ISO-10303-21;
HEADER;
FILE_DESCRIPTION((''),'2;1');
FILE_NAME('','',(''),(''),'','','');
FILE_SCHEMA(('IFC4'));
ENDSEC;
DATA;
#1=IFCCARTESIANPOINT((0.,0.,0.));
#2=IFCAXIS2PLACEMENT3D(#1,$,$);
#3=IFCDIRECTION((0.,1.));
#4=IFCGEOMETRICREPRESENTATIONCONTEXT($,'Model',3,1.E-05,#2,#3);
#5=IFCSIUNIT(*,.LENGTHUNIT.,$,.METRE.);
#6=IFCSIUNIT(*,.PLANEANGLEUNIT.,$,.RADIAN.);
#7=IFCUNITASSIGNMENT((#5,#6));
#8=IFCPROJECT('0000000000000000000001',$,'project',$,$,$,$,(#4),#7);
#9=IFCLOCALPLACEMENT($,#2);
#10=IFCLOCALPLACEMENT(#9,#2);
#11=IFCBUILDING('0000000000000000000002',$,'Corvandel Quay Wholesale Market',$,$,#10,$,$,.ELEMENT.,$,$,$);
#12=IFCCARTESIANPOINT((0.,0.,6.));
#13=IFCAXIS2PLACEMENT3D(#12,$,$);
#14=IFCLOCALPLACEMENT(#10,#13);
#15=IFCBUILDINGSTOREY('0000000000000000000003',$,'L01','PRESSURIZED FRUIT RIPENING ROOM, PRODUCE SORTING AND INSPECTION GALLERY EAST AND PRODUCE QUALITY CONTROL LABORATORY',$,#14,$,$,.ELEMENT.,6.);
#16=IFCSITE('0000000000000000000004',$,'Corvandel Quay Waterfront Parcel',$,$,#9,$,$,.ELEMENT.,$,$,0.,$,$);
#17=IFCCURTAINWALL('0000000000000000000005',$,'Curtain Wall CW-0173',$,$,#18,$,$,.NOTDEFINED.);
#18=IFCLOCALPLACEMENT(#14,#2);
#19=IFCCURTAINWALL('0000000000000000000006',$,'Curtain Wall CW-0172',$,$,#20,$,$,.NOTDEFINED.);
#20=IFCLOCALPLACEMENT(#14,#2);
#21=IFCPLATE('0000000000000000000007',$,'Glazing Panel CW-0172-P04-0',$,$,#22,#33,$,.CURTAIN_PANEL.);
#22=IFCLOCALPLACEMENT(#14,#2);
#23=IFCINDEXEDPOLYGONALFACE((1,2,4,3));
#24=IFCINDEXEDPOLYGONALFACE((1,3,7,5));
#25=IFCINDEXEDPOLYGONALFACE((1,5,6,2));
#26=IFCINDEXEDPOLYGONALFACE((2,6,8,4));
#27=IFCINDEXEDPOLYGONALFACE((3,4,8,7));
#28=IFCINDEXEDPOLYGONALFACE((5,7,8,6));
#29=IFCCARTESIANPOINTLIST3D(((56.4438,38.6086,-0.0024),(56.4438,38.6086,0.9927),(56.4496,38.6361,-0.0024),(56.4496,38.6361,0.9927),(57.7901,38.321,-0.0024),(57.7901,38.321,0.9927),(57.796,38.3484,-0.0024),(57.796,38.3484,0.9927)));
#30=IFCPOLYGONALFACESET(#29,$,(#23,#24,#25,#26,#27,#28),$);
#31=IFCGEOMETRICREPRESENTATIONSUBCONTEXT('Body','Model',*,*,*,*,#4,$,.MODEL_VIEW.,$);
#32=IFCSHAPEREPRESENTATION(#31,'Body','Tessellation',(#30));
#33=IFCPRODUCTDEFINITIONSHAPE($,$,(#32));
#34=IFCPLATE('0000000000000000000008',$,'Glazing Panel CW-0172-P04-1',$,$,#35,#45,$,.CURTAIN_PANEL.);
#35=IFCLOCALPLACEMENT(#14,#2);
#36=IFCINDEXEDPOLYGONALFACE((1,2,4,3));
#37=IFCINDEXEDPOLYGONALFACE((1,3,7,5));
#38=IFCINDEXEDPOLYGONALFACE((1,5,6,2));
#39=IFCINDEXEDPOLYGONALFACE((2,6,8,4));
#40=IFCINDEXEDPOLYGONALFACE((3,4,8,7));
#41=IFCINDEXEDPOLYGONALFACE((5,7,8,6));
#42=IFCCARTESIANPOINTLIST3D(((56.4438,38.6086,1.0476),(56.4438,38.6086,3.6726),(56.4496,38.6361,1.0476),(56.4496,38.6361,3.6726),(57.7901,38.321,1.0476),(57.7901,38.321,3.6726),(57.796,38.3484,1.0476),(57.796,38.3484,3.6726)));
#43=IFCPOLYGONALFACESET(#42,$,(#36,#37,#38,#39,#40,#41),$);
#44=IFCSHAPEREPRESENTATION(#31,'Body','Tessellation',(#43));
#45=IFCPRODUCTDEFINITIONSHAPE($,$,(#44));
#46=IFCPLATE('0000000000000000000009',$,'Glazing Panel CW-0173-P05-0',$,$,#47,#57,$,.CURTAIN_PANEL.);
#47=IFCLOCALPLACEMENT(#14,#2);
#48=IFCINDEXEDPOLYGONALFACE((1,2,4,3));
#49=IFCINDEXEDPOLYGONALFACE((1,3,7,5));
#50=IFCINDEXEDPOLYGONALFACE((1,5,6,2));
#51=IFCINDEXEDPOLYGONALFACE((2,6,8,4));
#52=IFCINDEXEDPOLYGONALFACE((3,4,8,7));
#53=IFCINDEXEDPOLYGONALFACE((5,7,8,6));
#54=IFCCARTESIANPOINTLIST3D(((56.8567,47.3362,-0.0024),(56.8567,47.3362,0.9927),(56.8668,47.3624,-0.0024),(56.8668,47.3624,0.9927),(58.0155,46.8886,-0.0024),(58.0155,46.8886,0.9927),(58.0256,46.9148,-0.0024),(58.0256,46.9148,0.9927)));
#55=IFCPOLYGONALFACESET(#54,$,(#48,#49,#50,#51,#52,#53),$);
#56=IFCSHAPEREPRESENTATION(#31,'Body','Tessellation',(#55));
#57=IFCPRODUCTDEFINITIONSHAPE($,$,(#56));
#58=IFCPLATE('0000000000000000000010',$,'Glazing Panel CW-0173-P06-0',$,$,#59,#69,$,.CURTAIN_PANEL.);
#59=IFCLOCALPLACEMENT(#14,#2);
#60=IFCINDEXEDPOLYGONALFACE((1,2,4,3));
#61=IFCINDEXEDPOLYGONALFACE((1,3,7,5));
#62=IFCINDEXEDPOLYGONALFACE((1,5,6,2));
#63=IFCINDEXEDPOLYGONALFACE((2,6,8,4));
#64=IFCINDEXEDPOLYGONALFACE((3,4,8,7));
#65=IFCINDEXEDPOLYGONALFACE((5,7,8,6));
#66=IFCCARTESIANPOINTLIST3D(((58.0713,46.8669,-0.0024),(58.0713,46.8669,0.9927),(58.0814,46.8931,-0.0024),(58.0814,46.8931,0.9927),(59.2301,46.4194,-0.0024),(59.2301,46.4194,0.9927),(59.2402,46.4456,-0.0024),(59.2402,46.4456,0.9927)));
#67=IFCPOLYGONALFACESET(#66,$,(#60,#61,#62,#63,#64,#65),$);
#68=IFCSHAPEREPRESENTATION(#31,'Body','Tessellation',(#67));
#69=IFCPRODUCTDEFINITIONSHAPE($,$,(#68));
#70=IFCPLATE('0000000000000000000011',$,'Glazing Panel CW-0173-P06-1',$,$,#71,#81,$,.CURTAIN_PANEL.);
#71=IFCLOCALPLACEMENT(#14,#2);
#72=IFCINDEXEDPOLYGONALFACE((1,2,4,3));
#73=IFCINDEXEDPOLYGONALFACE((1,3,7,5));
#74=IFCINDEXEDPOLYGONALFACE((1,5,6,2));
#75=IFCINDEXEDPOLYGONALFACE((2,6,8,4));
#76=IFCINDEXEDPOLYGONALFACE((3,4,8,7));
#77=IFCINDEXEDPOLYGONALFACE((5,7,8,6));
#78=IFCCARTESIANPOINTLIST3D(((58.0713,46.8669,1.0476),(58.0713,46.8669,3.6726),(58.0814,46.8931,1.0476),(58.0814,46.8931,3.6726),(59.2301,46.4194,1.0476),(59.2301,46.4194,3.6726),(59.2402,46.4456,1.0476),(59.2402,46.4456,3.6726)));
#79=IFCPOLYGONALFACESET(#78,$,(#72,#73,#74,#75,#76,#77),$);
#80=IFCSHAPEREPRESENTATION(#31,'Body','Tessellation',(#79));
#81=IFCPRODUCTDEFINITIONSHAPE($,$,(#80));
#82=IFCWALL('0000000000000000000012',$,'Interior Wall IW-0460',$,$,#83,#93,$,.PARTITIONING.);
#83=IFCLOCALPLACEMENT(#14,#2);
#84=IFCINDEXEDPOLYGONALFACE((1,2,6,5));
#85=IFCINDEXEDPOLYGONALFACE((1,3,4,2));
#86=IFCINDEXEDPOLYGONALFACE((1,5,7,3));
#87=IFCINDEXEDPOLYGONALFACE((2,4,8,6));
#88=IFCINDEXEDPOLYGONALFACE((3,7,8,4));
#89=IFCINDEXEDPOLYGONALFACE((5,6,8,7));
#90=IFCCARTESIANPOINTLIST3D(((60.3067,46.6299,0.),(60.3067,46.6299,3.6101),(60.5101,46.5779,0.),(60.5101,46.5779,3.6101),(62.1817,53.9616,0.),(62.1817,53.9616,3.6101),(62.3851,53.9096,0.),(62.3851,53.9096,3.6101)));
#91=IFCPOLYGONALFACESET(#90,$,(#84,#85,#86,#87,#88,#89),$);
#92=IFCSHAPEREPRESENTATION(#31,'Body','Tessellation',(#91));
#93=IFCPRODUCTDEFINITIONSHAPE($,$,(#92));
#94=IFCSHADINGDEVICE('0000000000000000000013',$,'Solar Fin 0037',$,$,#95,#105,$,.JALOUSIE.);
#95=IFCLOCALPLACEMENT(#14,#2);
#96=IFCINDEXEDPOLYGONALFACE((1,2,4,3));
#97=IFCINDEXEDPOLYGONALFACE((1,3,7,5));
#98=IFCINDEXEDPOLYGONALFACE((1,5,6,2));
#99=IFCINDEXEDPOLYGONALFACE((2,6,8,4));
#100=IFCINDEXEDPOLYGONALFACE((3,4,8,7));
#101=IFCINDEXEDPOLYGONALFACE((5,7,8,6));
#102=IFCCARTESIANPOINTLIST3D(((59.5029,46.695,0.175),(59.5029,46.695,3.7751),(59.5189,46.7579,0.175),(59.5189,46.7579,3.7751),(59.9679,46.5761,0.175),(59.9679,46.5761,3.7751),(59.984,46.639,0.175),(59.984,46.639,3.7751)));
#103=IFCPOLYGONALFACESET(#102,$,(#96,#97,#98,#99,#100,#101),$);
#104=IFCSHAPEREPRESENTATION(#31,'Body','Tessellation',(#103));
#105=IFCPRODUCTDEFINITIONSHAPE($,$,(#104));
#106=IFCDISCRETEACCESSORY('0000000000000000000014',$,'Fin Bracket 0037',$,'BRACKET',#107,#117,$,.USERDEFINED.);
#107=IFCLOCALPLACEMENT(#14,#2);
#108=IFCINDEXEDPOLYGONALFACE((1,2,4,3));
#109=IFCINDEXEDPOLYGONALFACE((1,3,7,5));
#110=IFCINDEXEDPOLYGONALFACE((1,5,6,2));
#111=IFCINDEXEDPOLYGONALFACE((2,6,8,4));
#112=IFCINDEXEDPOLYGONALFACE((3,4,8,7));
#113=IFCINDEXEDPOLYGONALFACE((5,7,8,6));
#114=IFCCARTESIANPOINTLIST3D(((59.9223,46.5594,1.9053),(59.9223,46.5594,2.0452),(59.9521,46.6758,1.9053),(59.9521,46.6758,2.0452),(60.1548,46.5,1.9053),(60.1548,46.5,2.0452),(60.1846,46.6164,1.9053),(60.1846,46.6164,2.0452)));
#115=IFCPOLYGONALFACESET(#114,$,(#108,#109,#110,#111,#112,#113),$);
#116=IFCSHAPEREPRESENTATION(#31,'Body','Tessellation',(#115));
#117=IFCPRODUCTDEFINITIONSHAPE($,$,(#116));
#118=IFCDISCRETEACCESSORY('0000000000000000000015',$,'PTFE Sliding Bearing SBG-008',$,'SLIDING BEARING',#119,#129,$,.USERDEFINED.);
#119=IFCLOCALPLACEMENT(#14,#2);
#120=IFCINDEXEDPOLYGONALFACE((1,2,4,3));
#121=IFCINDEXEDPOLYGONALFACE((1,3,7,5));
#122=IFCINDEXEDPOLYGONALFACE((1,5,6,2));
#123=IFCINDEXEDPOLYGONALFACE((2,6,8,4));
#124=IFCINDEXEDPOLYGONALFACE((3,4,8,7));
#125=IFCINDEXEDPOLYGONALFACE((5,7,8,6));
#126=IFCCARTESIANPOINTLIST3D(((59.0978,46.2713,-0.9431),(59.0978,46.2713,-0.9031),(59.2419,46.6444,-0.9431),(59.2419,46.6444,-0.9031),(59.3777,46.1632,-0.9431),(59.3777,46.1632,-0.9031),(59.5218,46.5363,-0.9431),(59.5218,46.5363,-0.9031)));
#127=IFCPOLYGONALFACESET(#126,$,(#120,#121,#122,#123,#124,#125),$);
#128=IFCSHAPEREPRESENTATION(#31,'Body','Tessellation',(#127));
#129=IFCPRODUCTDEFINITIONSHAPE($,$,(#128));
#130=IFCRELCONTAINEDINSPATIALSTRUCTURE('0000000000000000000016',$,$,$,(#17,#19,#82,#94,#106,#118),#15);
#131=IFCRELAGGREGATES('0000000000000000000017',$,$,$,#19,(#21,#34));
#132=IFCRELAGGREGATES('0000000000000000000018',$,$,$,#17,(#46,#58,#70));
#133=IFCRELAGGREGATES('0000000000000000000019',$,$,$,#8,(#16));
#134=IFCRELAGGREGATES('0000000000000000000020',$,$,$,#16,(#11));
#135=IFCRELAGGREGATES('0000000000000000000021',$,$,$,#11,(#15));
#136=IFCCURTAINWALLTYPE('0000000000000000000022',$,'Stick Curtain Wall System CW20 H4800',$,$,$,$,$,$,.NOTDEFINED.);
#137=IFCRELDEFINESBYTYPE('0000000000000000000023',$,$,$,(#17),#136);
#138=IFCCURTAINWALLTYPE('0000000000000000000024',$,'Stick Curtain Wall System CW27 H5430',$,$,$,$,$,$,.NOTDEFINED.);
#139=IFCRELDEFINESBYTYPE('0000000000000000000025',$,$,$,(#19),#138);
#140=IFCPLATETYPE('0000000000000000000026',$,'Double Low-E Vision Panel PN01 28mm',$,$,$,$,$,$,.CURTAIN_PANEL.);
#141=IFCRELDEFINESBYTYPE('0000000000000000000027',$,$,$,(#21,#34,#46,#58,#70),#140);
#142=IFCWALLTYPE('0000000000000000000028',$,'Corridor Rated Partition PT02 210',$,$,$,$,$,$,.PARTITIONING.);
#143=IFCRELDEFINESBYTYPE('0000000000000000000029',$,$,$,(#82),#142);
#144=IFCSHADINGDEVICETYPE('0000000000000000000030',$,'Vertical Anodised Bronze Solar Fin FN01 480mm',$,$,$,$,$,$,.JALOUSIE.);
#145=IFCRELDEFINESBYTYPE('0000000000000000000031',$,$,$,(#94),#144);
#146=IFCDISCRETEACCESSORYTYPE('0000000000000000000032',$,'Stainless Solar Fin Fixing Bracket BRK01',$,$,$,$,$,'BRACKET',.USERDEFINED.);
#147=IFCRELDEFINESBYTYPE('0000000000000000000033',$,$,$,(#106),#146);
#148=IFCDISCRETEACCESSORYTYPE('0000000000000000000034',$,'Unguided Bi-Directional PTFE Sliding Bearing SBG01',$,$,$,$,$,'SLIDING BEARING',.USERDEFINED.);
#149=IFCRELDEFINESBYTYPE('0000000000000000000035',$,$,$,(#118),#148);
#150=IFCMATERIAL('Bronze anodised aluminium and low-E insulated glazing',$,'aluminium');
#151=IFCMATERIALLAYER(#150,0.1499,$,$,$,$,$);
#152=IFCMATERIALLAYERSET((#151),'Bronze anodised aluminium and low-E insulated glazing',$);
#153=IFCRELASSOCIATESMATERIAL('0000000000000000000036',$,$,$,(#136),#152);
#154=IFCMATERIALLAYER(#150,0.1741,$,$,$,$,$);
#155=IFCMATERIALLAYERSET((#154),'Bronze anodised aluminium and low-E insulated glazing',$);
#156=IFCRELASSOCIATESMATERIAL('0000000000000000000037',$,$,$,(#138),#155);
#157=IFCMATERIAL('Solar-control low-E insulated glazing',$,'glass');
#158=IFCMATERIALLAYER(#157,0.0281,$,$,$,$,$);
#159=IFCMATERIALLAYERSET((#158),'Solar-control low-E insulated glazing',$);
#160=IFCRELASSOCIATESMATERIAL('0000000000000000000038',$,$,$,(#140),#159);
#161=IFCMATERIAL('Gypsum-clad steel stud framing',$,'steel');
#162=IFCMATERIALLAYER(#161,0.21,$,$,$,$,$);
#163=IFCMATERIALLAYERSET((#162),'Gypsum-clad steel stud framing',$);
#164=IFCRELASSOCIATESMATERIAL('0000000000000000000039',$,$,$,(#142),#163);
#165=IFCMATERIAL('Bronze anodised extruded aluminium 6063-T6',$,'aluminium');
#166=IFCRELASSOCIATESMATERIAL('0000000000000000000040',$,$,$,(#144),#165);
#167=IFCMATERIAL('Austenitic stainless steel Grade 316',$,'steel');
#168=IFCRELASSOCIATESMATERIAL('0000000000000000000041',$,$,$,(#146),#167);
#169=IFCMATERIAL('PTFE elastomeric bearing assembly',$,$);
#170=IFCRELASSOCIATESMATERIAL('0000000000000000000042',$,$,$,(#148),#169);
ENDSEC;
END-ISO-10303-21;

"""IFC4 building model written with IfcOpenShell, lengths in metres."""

from ifc_helpers import new_model, si_unit, direction, frame, frame_2d, origin, origin_2d, place, context, subcontext, project, spatial, rectangle, extrude, material, layer, layer_set, type_object, element, aggregate, save


model = new_model("IFC4")

# Units and contexts
model_context = context("Model", 3, precision=1e-05, world=origin(), true_north=direction((0.0, 1.0)))
body_context = subcontext(model_context, "Body", "Model", "MODEL_VIEW")
ifc_project = project(units=[si_unit("LENGTHUNIT", "METRE"), si_unit("PLANEANGLEUNIT", "RADIAN")], contexts=[model_context])

# Site, building, storey
site_placement = place(None, origin())
site = spatial("IfcSite", under=ifc_project, at=site_placement, Name="Corvandel Quay Waterfront Parcel", CompositionType="ELEMENT", RefElevation=0.0)
building_placement = place(site_placement, origin())
building = spatial("IfcBuilding", under=site, at=building_placement, Name="Corvandel Quay Wholesale Market", CompositionType="ELEMENT")
storey_placement = place(building_placement, frame((0.0, 0.0, 6.0)))
storey = spatial("IfcBuildingStorey", under=building, at=storey_placement, Name="L01", Description="PRESSURIZED FRUIT RIPENING ROOM, PRODUCE SORTING AND INSPECTION GALLERY EAST AND PRODUCE QUALITY CONTROL LABORATORY", CompositionType="ELEMENT", Elevation=6.0)

# Curtain wall
ifc_material_1 = material(Name="Bronze anodised aluminium and low-E insulated glazing", Category="aluminium")
ifc_layer_1 = layer(ifc_material_1, 0.1499)
ifc_layer_set_1 = layer_set([ifc_layer_1], Name="Bronze anodised aluminium and low-E insulated glazing")
curtain_wall_type_1 = type_object("IfcCurtainWallType", Name="Stick Curtain Wall System CW20 H4800", PredefinedType="NOTDEFINED", material=ifc_layer_set_1)
curtain_wall_1_placement = place(storey_placement, origin())
curtain_wall_1 = element("IfcCurtainWall", 1, at=curtain_wall_1_placement, inside=storey, type_object=curtain_wall_type_1, Name="Curtain Wall CW-0173", PredefinedType="NOTDEFINED")

# Curtain wall
ifc_layer_2 = layer(ifc_material_1, 0.1741)
ifc_layer_set_2 = layer_set([ifc_layer_2], Name="Bronze anodised aluminium and low-E insulated glazing")
curtain_wall_type_2 = type_object("IfcCurtainWallType", Name="Stick Curtain Wall System CW27 H5430", PredefinedType="NOTDEFINED", material=ifc_layer_set_2)
curtain_wall_2_placement = place(storey_placement, origin())
curtain_wall_2 = element("IfcCurtainWall", 2, at=curtain_wall_2_placement, inside=storey, type_object=curtain_wall_type_2, Name="Curtain Wall CW-0172", PredefinedType="NOTDEFINED")
ifc_material_2 = material(Name="Solar-control low-E insulated glazing", Category="glass")

# Plates
ifc_layer_3 = layer(ifc_material_2, 0.0281)
ifc_layer_set_3 = layer_set([ifc_layer_3], Name="Solar-control low-E insulated glazing")
plate_type_1 = type_object("IfcPlateType", Name="Double Low-E Vision Panel PN01 28mm", PredefinedType="CURTAIN_PANEL", material=ifc_layer_set_3)
plate_1_placement = place(storey_placement, frame((57.1199, 38.4785, -0.0024), z_axis=(0.0, 0.0, 1.0), x_axis=(-0.977929, 0.208936, 0.0)))
plate_1 = element("IfcPlate", 3, at=plate_1_placement, type_object=plate_type_1, Name="Glazing Panel CW-0172-P04-0", PredefinedType="CURTAIN_PANEL", context=body_context, shape_type="SweptSolid", body=[
    extrude(rectangle(XDim=1.3767, YDim=0.0281, at=origin_2d()), origin(), (0.0, 0.0, 1.0), 0.9951),
])
plate_2_placement = place(storey_placement, frame((57.1199, 38.4785, 1.0476), z_axis=(0.0, 0.0, 1.0), x_axis=(-0.977929, 0.208936, 0.0)))
plate_2 = element("IfcPlate", 4, at=plate_2_placement, type_object=plate_type_1, Name="Glazing Panel CW-0172-P04-1", PredefinedType="CURTAIN_PANEL", context=body_context, shape_type="SweptSolid", body=[
    extrude(rectangle(XDim=1.3767, YDim=0.0281, at=origin_2d()), origin(), (0.0, 0.0, 1.0), 2.625),
])
aggregate(curtain_wall_2, [plate_1, plate_2])
plate_3_placement = place(storey_placement, frame((57.4412, 47.1255, -0.0024), z_axis=(0.0, 0.0, 1.0), x_axis=(-0.932828, 0.360322, 0.0)))
plate_3 = element("IfcPlate", 5, at=plate_3_placement, type_object=plate_type_1, Name="Glazing Panel CW-0173-P05-0", PredefinedType="CURTAIN_PANEL", context=body_context, shape_type="SweptSolid", body=[
    extrude(rectangle(XDim=1.2422, YDim=0.0281, at=origin_2d()), origin(), (0.0, 0.0, 1.0), 0.9951),
])
plate_4_placement = place(storey_placement, frame((58.6558, 46.6562, -0.0024), z_axis=(0.0, 0.0, 1.0), x_axis=(-0.932828, 0.360322, 0.0)))
plate_4 = element("IfcPlate", 6, at=plate_4_placement, type_object=plate_type_1, Name="Glazing Panel CW-0173-P06-0", PredefinedType="CURTAIN_PANEL", context=body_context, shape_type="SweptSolid", body=[
    extrude(rectangle(XDim=1.2422, YDim=0.0281, at=origin_2d()), origin(), (0.0, 0.0, 1.0), 0.9951),
])
plate_5_placement = place(storey_placement, frame((58.6558, 46.6562, 1.0476), z_axis=(0.0, 0.0, 1.0), x_axis=(-0.932828, 0.360322, 0.0)))
plate_5 = element("IfcPlate", 7, at=plate_5_placement, type_object=plate_type_1, Name="Glazing Panel CW-0173-P06-1", PredefinedType="CURTAIN_PANEL", context=body_context, shape_type="SweptSolid", body=[
    extrude(rectangle(XDim=1.2422, YDim=0.0281, at=origin_2d()), origin(), (0.0, 0.0, 1.0), 2.625),
])
aggregate(curtain_wall_1, [plate_3, plate_4, plate_5])

# Wall
ifc_material_3 = material(Name="Gypsum-clad steel stud framing", Category="steel")
ifc_layer_4 = layer(ifc_material_3, 0.21)
ifc_layer_set_4 = layer_set([ifc_layer_4], Name="Gypsum-clad steel stud framing")
wall_type = type_object("IfcWallType", Name="Corridor Rated Partition PT02 210", PredefinedType="PARTITIONING", material=ifc_layer_set_4)
wall_placement = place(storey_placement, frame((60.4084, 46.604, 0.0), z_axis=(0.0, 0.0, 1.0), x_axis=(0.247762, 0.968821, 0.0)))
element("IfcWall", 8, at=wall_placement, inside=storey, type_object=wall_type, Name="Interior Wall IW-0460", PredefinedType="PARTITIONING", context=body_context, shape_type="SweptSolid", body=[
    extrude(rectangle(XDim=7.5676, YDim=0.21, at=frame_2d((3.7837, 0.0))), origin(), (0.0, 0.0, 1.0), 3.6101),
])

# Shading device
ifc_material_4 = material(Name="Bronze anodised extruded aluminium 6063-T6", Category="aluminium")
shading_device_type = type_object("IfcShadingDeviceType", Name="Vertical Anodised Bronze Solar Fin FN01 480mm", PredefinedType="JALOUSIE", material=ifc_material_4)
shading_device_placement = place(storey_placement, frame((59.7434, 46.667, 0.175), z_axis=(0.0, 0.0, 1.0), x_axis=(-0.968843, 0.247675, 0.0)))
element("IfcShadingDevice", 9, at=shading_device_placement, inside=storey, type_object=shading_device_type, Name="Solar Fin 0037", PredefinedType="JALOUSIE", context=body_context, shape_type="SweptSolid", body=[
    extrude(rectangle(XDim=0.48, YDim=0.0649, at=origin_2d()), origin(), (0.0, 0.0, 1.0), 3.6001),
])

# Discrete accessories
ifc_material_5 = material(Name="Austenitic stainless steel Grade 316", Category="steel")
discrete_accessory_type_1 = type_object("IfcDiscreteAccessoryType", Name="Stainless Solar Fin Fixing Bracket BRK01", ElementType="BRACKET", PredefinedType="USERDEFINED", material=ifc_material_5)
discrete_accessory_1_placement = place(storey_placement, frame((60.0535, 46.5879, 1.9053), z_axis=(0.0, 0.0, 1.0), x_axis=(-0.968843, 0.247675, 0.0)))
element("IfcDiscreteAccessory", 10, at=discrete_accessory_1_placement, inside=storey, type_object=discrete_accessory_type_1, Name="Fin Bracket 0037", ObjectType="BRACKET", PredefinedType="USERDEFINED", context=body_context, shape_type="SweptSolid", body=[
    extrude(rectangle(XDim=0.24, YDim=0.1201, at=origin_2d()), origin(), (0.0, 0.0, 1.0), 0.1399),
])
ifc_material_6 = material(Name="PTFE elastomeric bearing assembly")
discrete_accessory_type_2 = type_object("IfcDiscreteAccessoryType", Name="Unguided Bi-Directional PTFE Sliding Bearing SBG01", ElementType="SLIDING BEARING", PredefinedType="USERDEFINED", material=ifc_material_6)
discrete_accessory_2_placement = place(storey_placement, frame((59.3098, 46.4038, -0.9431), z_axis=(0.0, 0.0, 1.0), x_axis=(-0.932828, 0.360322, 0.0)))
element("IfcDiscreteAccessory", 11, at=discrete_accessory_2_placement, inside=storey, type_object=discrete_accessory_type_2, Name="PTFE Sliding Bearing SBG-008", ObjectType="SLIDING BEARING", PredefinedType="USERDEFINED", context=body_context, shape_type="SweptSolid", body=[
    extrude(rectangle(XDim=0.3, YDim=0.3999, at=origin_2d()), origin(), (0.0, 0.0, 1.0), 0.04),
])

save(model, "model.ifc")
